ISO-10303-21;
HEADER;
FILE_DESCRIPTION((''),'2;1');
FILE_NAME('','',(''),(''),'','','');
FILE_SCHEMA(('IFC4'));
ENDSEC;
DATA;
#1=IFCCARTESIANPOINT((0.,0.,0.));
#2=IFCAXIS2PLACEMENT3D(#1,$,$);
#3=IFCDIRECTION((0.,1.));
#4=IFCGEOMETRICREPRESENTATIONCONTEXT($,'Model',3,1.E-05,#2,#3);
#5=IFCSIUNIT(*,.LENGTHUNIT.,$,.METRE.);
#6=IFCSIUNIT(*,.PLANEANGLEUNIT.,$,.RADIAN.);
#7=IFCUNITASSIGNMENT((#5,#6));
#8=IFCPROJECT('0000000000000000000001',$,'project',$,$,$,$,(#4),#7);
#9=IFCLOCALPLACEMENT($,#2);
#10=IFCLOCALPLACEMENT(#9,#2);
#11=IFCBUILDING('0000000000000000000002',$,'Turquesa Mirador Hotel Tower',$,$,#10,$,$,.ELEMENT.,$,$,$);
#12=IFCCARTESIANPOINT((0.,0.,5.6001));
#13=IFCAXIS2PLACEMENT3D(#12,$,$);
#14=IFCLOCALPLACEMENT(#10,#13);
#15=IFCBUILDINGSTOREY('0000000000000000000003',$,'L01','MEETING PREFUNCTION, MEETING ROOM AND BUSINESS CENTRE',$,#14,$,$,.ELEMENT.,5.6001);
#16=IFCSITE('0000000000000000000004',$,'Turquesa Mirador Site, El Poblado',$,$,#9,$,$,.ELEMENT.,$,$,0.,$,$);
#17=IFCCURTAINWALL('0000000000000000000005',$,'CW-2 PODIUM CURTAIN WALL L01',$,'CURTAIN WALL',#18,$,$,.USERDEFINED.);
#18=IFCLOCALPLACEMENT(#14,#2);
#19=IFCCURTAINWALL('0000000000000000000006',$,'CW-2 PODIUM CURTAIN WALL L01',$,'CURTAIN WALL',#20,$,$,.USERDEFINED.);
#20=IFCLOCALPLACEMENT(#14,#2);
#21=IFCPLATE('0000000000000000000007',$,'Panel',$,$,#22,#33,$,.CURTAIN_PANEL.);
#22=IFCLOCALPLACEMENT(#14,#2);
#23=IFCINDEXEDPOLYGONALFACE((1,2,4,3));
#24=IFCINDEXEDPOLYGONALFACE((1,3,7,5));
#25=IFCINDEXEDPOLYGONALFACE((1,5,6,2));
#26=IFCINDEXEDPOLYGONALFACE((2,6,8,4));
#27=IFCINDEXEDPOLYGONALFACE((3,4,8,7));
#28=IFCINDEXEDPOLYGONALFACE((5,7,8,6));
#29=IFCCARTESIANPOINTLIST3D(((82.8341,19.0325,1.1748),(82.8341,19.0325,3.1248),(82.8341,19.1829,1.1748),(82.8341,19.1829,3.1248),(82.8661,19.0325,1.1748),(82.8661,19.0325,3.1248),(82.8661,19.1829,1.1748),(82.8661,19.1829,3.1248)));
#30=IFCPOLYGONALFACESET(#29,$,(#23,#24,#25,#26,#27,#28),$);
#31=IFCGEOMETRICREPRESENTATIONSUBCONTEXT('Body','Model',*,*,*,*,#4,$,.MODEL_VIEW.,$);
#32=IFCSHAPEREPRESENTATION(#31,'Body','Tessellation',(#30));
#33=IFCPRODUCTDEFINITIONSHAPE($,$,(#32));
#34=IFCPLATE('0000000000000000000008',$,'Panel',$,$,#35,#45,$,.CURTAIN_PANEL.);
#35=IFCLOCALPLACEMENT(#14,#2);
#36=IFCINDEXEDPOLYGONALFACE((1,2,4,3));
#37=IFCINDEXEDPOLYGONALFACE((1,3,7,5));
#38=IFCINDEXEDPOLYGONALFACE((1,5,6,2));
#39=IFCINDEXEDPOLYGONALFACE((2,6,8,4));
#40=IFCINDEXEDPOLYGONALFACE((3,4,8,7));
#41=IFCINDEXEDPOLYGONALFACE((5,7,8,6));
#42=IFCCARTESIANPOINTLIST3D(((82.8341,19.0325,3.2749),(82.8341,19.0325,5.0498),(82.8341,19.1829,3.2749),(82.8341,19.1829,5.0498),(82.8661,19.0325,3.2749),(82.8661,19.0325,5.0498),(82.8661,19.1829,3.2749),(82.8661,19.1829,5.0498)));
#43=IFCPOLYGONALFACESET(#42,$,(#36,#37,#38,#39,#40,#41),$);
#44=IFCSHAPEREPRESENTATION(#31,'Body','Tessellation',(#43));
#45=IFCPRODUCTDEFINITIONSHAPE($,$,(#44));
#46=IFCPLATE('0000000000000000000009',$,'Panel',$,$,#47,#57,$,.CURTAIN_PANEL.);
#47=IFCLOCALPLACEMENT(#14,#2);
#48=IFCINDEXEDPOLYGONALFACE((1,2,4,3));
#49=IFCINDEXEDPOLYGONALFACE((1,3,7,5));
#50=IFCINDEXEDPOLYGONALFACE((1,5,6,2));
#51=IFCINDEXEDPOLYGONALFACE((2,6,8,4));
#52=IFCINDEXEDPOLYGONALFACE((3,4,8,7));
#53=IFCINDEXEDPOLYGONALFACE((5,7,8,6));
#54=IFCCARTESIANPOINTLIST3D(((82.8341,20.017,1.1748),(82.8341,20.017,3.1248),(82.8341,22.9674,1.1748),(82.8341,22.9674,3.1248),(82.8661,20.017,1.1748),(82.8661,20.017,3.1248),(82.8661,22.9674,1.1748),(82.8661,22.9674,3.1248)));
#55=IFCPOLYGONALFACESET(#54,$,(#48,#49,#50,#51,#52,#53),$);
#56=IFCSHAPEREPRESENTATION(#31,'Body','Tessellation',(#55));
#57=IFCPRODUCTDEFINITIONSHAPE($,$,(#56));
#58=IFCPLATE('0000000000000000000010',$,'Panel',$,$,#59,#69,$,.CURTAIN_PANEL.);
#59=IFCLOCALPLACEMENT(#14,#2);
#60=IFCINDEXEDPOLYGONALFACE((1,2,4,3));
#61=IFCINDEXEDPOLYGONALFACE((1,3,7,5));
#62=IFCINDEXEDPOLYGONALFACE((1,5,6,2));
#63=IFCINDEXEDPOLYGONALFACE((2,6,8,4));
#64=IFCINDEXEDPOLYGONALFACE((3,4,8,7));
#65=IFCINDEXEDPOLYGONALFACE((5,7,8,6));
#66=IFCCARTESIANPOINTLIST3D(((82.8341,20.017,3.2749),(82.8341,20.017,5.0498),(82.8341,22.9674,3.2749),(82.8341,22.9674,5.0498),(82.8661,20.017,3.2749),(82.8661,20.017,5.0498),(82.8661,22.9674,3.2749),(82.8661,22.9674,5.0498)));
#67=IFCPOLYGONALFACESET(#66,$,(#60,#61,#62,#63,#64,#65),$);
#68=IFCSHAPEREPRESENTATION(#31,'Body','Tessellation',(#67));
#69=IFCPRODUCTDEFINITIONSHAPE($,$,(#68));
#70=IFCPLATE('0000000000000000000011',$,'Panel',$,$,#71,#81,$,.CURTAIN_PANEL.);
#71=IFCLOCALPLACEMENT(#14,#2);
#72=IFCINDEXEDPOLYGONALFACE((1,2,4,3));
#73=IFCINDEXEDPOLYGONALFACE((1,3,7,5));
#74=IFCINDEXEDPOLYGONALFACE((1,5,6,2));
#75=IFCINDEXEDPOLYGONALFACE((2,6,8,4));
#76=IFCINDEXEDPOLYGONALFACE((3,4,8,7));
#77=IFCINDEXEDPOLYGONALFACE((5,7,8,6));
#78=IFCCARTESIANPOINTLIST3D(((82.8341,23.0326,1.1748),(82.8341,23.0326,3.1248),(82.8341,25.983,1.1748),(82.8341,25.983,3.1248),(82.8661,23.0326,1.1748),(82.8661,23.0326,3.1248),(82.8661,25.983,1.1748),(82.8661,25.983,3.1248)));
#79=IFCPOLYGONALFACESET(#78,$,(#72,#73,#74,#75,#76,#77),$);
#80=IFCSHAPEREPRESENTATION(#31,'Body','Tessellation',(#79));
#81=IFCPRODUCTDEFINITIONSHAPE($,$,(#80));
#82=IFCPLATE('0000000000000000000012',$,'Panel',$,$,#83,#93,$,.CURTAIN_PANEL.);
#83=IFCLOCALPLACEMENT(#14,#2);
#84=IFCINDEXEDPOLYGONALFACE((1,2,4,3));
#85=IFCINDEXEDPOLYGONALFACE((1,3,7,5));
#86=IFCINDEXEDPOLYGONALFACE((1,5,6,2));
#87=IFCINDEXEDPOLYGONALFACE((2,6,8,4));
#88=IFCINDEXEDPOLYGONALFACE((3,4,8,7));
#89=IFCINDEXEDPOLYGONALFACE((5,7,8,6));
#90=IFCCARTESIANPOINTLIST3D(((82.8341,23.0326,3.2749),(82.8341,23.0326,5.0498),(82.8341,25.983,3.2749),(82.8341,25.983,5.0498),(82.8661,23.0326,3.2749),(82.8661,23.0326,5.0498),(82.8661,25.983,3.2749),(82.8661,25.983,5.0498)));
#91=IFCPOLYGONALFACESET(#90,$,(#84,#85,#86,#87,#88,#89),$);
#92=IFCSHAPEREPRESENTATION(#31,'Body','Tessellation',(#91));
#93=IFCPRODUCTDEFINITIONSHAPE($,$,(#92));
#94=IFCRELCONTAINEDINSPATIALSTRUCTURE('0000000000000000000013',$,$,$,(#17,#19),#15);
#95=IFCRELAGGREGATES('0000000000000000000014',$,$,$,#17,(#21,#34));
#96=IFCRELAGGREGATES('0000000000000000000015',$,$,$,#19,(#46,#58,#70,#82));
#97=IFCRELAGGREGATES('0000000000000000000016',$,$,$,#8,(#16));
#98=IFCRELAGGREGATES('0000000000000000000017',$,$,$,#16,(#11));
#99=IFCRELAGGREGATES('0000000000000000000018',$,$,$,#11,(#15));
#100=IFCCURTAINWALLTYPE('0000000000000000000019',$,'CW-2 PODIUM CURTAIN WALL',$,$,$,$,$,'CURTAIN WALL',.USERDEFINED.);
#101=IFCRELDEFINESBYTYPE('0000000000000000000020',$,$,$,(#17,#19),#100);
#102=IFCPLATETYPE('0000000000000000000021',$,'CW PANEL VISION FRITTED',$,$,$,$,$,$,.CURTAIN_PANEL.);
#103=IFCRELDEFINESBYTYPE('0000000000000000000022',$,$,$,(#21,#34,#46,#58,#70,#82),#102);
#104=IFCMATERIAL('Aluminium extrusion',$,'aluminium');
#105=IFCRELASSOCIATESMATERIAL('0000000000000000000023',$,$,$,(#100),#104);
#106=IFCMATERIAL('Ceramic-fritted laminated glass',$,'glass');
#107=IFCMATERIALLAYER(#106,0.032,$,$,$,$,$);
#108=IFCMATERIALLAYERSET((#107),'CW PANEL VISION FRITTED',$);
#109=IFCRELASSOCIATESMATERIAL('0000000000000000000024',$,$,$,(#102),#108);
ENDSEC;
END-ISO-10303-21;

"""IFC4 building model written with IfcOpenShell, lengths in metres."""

from ifc_helpers import new_model, si_unit, direction, frame, origin, origin_2d, place, context, subcontext, project, spatial, rectangle, extrude, material, layer, layer_set, type_object, element, aggregate, save


model = new_model("IFC4")

# Units and contexts
model_context = context("Model", 3, precision=1e-05, world=origin(), true_north=direction((0.0, 1.0)))
body_context = subcontext(model_context, "Body", "Model", "MODEL_VIEW")
ifc_project = project(units=[si_unit("LENGTHUNIT", "METRE"), si_unit("PLANEANGLEUNIT", "RADIAN")], contexts=[model_context])

# Site, building, storey
site_placement = place(None, origin())
site = spatial("IfcSite", under=ifc_project, at=site_placement, Name="Turquesa Mirador Site, El Poblado", CompositionType="ELEMENT", RefElevation=0.0)
building_placement = place(site_placement, origin())
building = spatial("IfcBuilding", under=site, at=building_placement, Name="Turquesa Mirador Hotel Tower", CompositionType="ELEMENT")
storey_placement = place(building_placement, frame((0.0, 0.0, 5.6001)))
storey = spatial("IfcBuildingStorey", under=building, at=storey_placement, Name="L01", Description="MEETING PREFUNCTION, MEETING ROOM AND BUSINESS CENTRE", CompositionType="ELEMENT", Elevation=5.6001)

# Curtain wall
ifc_material_1 = material(Name="Aluminium extrusion", Category="aluminium")
curtain_wall_type = type_object("IfcCurtainWallType", Name="CW-2 PODIUM CURTAIN WALL", ElementType="CURTAIN WALL", PredefinedType="USERDEFINED", material=ifc_material_1)
curtain_wall_1_placement = place(storey_placement, origin())
curtain_wall_1 = element("IfcCurtainWall", 1, at=curtain_wall_1_placement, inside=storey, type_object=curtain_wall_type, Name="CW-2 PODIUM CURTAIN WALL L01", ObjectType="CURTAIN WALL", PredefinedType="USERDEFINED")

# Curtain wall
curtain_wall_2_placement = place(storey_placement, origin())
curtain_wall_2 = element("IfcCurtainWall", 2, at=curtain_wall_2_placement, inside=storey, type_object=curtain_wall_type, Name="CW-2 PODIUM CURTAIN WALL L01", ObjectType="CURTAIN WALL", PredefinedType="USERDEFINED")

# Plates
ifc_material_2 = material(Name="Ceramic-fritted laminated glass", Category="glass")
ifc_layer_1 = layer(ifc_material_2, 0.032)
ifc_layer_set_1 = layer_set([ifc_layer_1], Name="CW PANEL VISION FRITTED")
plate_type_1 = type_object("IfcPlateType", Name="CW PANEL VISION FRITTED", PredefinedType="CURTAIN_PANEL", material=ifc_layer_set_1)
plate_1_placement = place(storey_placement, frame((82.8501, 19.1077, 1.1748), z_axis=(0.0, 0.0, 1.0), x_axis=(0.0, 1.0, 0.0)))
plate_1 = element("IfcPlate", 3, at=plate_1_placement, type_object=plate_type_1, Name="Panel", PredefinedType="CURTAIN_PANEL", context=body_context, shape_type="SweptSolid", body=[
    extrude(rectangle(XDim=0.1504, YDim=0.032, at=origin_2d()), origin(), (0.0, 0.0, 1.0), 1.95),
])
plate_2_placement = place(storey_placement, frame((82.8501, 19.1077, 3.2749), z_axis=(0.0, 0.0, 1.0), x_axis=(0.0, 1.0, 0.0)))
plate_2 = element("IfcPlate", 4, at=plate_2_placement, type_object=plate_type_1, Name="Panel", PredefinedType="CURTAIN_PANEL", context=body_context, shape_type="SweptSolid", body=[
    extrude(rectangle(XDim=0.1504, YDim=0.032, at=origin_2d()), origin(), (0.0, 0.0, 1.0), 1.7749),
])
aggregate(curtain_wall_1, [plate_1, plate_2])
plate_3_placement = place(storey_placement, frame((82.8501, 21.4922, 1.1748), z_axis=(0.0, 0.0, 1.0), x_axis=(0.0, 1.0, 0.0)))
plate_3 = element("IfcPlate", 5, at=plate_3_placement, type_object=plate_type_1, Name="Panel", PredefinedType="CURTAIN_PANEL", context=body_context, shape_type="SweptSolid", body=[
    extrude(rectangle(XDim=2.9504, YDim=0.032, at=origin_2d()), origin(), (0.0, 0.0, 1.0), 1.95),
])
plate_4_placement = place(storey_placement, frame((82.8501, 21.4922, 3.2749), z_axis=(0.0, 0.0, 1.0), x_axis=(0.0, 1.0, 0.0)))
plate_4 = element("IfcPlate", 6, at=plate_4_placement, type_object=plate_type_1, Name="Panel", PredefinedType="CURTAIN_PANEL", context=body_context, shape_type="SweptSolid", body=[
    extrude(rectangle(XDim=2.9504, YDim=0.032, at=origin_2d()), origin(), (0.0, 0.0, 1.0), 1.7749),
])
plate_5_placement = place(storey_placement, frame((82.8501, 24.5078, 1.1748), z_axis=(0.0, 0.0, 1.0), x_axis=(0.0, 1.0, 0.0)))
plate_5 = element("IfcPlate", 7, at=plate_5_placement, type_object=plate_type_1, Name="Panel", PredefinedType="CURTAIN_PANEL", context=body_context, shape_type="SweptSolid", body=[
    extrude(rectangle(XDim=2.9504, YDim=0.032, at=origin_2d()), origin(), (0.0, 0.0, 1.0), 1.95),
])
plate_6_placement = place(storey_placement, frame((82.8501, 24.5078, 3.2749), z_axis=(0.0, 0.0, 1.0), x_axis=(0.0, 1.0, 0.0)))
plate_6 = element("IfcPlate", 8, at=plate_6_placement, type_object=plate_type_1, Name="Panel", PredefinedType="CURTAIN_PANEL", context=body_context, shape_type="SweptSolid", body=[
    extrude(rectangle(XDim=2.9504, YDim=0.032, at=origin_2d()), origin(), (0.0, 0.0, 1.0), 1.7749),
])
aggregate(curtain_wall_2, [plate_3, plate_4, plate_5, plate_6])

save(model, "model.ifc")
